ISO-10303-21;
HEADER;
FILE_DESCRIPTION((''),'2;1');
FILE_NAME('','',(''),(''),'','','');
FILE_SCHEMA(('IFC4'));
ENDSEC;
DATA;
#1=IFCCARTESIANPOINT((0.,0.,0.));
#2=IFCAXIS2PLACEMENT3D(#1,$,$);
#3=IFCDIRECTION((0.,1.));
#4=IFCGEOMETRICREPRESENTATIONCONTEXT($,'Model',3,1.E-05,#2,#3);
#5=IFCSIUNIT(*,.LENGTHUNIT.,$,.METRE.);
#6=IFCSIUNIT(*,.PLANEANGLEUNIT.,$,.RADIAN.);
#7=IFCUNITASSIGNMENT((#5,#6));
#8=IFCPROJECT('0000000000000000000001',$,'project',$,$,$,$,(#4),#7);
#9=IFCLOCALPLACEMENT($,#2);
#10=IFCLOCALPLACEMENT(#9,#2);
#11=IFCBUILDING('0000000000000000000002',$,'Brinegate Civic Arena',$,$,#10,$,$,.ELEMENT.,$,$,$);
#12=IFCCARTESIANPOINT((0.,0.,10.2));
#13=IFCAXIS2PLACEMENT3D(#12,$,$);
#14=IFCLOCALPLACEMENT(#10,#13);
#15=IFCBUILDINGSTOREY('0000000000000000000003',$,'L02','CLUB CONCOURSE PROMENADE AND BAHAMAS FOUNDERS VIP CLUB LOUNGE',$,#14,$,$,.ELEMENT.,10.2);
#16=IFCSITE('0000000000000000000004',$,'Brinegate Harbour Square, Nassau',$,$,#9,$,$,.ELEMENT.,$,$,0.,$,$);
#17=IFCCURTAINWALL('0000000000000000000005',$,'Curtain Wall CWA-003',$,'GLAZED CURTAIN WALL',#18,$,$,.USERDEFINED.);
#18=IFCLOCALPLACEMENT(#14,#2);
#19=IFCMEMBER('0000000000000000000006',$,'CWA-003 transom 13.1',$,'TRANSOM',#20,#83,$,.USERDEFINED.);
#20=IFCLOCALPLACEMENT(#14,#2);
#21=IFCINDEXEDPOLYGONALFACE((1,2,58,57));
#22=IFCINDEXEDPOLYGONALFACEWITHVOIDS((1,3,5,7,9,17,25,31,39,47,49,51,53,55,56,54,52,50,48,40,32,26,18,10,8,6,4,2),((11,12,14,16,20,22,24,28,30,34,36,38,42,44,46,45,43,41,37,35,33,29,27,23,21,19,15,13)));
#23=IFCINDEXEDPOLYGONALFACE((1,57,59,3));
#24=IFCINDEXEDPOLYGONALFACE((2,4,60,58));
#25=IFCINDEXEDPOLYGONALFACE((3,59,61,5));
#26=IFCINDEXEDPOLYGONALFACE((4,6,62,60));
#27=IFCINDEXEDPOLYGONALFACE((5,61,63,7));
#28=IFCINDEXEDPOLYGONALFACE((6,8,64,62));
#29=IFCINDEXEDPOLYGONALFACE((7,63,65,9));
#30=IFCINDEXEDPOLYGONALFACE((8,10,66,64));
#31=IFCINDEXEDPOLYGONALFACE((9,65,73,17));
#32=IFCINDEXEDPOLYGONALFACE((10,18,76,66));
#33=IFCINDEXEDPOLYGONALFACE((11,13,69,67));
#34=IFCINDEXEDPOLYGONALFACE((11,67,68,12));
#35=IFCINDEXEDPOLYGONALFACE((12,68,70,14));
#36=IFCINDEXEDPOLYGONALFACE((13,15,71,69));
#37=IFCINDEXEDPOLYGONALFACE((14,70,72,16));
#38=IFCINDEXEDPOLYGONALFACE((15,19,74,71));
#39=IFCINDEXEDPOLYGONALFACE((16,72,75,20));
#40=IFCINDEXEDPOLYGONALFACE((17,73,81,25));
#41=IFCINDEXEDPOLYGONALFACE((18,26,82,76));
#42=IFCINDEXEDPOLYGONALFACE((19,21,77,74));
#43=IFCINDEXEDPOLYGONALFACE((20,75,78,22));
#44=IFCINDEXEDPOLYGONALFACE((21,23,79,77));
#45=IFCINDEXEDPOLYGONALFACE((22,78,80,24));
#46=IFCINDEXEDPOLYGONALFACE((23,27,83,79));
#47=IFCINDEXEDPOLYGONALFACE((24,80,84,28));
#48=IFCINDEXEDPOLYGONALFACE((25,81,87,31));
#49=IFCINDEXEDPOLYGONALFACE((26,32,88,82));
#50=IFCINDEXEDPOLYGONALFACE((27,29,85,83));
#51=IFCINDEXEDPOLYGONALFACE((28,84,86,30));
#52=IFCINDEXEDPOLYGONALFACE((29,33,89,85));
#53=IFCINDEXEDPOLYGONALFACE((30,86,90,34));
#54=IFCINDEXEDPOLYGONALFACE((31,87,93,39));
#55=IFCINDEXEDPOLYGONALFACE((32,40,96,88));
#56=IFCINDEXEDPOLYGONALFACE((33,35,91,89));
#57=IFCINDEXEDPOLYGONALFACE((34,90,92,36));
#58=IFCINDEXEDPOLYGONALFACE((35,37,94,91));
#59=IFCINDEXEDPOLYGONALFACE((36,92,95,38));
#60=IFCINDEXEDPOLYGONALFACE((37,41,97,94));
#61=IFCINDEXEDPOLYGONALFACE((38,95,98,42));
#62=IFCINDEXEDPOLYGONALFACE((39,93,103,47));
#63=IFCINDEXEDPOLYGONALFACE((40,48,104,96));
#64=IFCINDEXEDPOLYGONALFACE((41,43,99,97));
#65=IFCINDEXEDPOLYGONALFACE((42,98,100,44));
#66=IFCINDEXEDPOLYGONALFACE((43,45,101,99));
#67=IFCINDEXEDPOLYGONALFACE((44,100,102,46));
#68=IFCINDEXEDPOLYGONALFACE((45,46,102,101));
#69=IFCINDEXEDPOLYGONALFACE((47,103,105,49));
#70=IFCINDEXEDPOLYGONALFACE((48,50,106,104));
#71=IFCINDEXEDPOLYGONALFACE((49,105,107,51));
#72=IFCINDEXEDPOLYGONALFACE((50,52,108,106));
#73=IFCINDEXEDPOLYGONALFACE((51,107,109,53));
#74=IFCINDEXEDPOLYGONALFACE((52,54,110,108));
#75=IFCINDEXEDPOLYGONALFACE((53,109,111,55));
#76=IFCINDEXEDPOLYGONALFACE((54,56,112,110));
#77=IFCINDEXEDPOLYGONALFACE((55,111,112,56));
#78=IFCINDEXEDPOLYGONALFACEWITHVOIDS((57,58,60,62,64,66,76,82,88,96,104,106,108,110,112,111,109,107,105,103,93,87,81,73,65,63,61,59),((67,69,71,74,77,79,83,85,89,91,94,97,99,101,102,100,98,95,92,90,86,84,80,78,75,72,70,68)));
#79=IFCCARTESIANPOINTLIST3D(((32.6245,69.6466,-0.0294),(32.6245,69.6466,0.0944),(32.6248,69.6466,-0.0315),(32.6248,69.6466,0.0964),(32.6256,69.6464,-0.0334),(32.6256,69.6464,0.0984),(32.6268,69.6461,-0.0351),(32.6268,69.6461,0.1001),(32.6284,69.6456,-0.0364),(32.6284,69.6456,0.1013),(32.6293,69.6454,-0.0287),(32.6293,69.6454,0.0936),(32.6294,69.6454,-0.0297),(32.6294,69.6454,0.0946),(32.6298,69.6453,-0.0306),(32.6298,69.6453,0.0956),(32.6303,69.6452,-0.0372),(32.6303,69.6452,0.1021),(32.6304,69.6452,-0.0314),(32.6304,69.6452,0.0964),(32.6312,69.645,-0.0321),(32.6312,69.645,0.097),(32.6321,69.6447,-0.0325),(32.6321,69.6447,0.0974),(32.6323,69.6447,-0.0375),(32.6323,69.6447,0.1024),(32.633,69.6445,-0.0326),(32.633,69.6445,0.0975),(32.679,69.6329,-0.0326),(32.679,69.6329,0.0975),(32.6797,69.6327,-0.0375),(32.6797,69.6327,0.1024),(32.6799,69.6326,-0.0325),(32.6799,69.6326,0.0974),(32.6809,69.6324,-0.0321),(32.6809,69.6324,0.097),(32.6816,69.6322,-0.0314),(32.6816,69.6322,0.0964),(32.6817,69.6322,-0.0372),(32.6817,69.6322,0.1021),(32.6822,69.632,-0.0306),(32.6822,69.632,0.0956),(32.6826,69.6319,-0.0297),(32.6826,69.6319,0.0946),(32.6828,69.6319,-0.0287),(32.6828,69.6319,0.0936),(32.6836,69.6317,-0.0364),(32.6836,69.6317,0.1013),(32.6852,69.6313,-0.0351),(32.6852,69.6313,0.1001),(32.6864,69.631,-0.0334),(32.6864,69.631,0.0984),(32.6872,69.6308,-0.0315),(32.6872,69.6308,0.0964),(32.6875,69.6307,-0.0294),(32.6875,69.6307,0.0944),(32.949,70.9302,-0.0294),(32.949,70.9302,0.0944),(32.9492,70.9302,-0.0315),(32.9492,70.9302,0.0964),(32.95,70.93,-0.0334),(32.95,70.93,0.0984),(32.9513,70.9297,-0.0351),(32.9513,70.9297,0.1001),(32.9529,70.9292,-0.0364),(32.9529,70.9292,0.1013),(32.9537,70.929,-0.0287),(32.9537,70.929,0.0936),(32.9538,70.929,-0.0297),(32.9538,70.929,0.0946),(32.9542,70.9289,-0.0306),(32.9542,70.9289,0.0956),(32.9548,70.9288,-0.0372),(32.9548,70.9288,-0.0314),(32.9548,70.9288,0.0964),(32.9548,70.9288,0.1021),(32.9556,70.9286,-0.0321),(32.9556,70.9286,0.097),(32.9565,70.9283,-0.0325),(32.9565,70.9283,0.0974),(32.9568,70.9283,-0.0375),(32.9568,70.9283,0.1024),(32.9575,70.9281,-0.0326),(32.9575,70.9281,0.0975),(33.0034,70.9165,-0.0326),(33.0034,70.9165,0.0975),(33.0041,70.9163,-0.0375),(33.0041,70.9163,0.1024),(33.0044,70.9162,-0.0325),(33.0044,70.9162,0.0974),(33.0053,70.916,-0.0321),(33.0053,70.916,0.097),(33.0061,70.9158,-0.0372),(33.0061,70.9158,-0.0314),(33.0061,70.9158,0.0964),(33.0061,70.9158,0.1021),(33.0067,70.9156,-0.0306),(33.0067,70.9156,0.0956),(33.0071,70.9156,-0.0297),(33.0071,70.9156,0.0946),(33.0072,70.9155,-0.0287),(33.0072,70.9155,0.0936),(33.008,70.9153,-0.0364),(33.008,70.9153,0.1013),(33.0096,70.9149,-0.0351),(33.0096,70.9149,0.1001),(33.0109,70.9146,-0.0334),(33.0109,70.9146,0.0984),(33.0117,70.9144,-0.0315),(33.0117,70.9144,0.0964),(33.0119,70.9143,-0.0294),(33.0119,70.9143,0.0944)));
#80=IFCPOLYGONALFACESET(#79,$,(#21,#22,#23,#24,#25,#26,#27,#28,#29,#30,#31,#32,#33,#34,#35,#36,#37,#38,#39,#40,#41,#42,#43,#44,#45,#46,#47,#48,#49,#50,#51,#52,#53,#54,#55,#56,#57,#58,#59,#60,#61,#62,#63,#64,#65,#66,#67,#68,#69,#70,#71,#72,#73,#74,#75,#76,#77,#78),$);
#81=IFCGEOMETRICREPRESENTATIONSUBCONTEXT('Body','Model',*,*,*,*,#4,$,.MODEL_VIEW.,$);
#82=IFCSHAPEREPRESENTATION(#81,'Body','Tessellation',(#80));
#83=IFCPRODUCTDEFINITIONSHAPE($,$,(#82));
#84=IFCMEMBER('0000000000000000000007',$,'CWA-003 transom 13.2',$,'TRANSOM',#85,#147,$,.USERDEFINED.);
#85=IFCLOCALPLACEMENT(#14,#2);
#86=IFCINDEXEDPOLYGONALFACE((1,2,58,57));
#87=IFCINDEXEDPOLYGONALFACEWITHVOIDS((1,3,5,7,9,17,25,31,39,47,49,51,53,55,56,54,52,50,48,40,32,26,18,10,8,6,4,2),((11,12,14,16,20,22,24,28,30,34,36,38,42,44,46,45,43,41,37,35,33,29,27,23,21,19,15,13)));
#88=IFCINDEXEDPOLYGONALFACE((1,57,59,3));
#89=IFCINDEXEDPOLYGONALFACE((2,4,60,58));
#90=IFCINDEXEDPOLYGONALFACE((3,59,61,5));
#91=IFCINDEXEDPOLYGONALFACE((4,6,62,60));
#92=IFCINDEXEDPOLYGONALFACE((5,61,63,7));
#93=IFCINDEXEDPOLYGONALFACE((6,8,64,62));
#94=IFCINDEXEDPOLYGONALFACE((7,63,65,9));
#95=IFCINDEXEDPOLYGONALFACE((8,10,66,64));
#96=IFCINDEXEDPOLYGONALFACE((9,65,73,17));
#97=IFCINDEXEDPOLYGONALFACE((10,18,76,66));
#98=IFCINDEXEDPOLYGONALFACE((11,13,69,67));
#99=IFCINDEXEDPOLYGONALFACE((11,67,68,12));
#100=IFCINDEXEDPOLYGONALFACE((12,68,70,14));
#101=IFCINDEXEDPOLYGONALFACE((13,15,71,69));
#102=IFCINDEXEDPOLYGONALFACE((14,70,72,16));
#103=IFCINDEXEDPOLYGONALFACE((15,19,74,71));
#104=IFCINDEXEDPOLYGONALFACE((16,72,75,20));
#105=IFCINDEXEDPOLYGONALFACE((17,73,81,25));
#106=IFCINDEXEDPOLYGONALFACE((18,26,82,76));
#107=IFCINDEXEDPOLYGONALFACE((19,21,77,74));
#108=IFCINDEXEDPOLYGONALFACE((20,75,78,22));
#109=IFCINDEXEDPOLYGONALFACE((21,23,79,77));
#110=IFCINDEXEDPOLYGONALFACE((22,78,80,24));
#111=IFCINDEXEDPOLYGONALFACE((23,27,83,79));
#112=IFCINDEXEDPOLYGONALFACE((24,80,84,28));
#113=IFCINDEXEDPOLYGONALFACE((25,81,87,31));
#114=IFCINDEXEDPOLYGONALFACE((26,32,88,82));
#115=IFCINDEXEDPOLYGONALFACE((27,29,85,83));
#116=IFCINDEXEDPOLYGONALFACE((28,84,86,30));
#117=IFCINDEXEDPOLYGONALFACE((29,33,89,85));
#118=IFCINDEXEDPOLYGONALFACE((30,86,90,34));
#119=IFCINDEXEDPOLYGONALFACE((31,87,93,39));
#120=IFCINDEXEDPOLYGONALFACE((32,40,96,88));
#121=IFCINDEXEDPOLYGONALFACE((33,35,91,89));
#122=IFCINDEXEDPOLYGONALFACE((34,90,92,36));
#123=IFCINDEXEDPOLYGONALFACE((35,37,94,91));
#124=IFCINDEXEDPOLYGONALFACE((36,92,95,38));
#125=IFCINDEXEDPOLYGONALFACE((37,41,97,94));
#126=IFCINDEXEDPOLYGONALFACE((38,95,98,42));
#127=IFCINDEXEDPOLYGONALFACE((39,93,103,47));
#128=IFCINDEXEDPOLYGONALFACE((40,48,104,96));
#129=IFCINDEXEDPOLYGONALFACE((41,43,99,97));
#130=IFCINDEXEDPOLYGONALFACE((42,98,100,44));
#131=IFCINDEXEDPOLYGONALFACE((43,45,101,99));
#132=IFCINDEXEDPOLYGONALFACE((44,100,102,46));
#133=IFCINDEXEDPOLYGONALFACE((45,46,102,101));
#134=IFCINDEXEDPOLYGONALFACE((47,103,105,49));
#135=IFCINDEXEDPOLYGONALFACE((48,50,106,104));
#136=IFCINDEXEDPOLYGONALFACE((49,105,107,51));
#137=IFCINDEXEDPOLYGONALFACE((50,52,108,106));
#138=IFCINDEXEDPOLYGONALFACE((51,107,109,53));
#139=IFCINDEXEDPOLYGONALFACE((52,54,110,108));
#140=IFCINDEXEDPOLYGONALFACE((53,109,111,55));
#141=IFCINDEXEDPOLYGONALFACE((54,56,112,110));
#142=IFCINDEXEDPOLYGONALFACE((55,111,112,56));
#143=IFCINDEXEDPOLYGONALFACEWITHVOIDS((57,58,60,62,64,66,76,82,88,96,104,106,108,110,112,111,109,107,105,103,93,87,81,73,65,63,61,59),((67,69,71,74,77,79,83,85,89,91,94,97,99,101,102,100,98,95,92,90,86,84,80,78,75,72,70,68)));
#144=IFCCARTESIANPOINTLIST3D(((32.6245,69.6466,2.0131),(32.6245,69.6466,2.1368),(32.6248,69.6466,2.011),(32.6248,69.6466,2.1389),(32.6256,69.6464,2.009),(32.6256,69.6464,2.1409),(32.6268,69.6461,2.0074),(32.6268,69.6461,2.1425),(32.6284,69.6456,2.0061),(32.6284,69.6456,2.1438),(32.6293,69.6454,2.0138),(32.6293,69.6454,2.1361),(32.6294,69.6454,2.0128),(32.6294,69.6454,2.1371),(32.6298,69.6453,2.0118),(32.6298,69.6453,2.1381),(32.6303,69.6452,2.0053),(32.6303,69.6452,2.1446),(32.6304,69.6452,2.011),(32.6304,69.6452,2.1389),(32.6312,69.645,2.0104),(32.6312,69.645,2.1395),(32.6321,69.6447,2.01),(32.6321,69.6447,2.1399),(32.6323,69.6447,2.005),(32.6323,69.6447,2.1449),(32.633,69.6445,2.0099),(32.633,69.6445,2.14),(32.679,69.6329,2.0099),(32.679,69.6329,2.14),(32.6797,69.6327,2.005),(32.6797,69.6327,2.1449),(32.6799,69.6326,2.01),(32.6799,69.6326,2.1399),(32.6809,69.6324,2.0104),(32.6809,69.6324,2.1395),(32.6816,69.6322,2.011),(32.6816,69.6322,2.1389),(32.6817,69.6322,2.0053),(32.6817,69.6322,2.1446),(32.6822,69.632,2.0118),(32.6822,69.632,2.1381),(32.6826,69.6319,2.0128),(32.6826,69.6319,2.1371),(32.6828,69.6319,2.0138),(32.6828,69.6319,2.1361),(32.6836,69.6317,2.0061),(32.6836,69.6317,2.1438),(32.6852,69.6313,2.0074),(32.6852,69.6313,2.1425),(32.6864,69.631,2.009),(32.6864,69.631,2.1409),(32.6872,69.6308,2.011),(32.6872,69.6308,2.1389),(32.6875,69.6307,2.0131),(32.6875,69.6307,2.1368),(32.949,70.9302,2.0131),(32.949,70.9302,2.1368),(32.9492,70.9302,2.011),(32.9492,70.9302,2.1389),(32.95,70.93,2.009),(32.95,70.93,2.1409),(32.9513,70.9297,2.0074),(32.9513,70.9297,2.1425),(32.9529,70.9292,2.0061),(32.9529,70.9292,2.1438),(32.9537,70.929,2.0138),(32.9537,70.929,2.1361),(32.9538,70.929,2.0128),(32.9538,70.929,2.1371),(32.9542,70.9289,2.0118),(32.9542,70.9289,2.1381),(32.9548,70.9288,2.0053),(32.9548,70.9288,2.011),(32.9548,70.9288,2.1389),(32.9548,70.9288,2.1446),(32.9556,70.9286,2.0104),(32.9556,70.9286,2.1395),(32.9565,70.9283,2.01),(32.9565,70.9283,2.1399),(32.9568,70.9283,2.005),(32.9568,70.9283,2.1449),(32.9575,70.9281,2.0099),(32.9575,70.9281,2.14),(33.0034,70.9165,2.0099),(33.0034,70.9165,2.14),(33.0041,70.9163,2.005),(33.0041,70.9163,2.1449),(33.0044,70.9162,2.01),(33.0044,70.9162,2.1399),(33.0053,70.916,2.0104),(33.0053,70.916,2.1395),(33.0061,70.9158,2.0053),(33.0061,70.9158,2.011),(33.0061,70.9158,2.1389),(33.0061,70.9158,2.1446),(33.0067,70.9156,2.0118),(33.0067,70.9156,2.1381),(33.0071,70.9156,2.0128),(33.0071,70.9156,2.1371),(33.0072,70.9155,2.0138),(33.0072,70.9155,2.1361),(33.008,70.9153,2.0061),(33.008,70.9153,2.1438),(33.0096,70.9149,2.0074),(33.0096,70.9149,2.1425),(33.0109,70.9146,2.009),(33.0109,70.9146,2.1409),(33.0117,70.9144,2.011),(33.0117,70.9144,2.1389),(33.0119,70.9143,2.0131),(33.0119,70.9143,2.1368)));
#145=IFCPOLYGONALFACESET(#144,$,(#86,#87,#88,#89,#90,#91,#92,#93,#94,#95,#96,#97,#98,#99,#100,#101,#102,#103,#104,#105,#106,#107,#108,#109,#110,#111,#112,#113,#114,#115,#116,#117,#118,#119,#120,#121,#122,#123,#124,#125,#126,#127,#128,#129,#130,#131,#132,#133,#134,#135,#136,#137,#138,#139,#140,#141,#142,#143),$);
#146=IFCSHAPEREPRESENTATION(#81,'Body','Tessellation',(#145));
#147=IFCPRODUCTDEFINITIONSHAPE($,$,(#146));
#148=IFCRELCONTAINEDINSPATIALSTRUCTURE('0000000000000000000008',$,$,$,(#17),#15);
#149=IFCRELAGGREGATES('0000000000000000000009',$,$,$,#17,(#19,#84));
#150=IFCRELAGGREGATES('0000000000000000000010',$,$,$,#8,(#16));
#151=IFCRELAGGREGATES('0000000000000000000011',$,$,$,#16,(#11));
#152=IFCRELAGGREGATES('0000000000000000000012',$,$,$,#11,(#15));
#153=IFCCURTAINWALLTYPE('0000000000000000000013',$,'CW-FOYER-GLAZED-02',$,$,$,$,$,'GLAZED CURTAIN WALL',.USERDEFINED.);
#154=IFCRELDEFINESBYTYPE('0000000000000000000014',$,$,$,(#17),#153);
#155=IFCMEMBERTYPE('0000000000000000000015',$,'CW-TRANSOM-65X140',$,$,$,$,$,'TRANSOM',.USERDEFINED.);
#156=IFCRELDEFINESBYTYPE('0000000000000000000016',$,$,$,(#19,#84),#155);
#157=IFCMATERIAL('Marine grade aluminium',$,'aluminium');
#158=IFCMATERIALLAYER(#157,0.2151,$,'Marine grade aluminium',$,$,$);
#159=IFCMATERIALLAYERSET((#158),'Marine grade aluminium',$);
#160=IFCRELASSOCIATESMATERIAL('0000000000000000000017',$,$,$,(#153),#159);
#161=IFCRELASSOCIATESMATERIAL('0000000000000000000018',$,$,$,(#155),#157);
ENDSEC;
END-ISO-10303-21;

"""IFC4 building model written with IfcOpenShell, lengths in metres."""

from ifc_helpers import new_model, si_unit, direction, frame, origin, origin_2d, place, context, subcontext, project, spatial, hollow_rectangle, extrude, material, layer, layer_set, material_profile, profile_set, type_object, element, aggregate, save


model = new_model("IFC4")

# Units and contexts
model_context = context("Model", 3, precision=1e-05, world=origin(), true_north=direction((0.0, 1.0)))
body_context = subcontext(model_context, "Body", "Model", "MODEL_VIEW")
ifc_project = project(units=[si_unit("LENGTHUNIT", "METRE"), si_unit("PLANEANGLEUNIT", "RADIAN")], contexts=[model_context])

# Site, building, storey
site_placement = place(None, origin())
site = spatial("IfcSite", under=ifc_project, at=site_placement, Name="Brinegate Harbour Square, Nassau", CompositionType="ELEMENT", RefElevation=0.0)
building_placement = place(site_placement, origin())
building = spatial("IfcBuilding", under=site, at=building_placement, Name="Brinegate Civic Arena", CompositionType="ELEMENT")
storey_placement = place(building_placement, frame((0.0, 0.0, 10.2)))
storey = spatial("IfcBuildingStorey", under=building, at=storey_placement, Name="L02", Description="CLUB CONCOURSE PROMENADE AND BAHAMAS FOUNDERS VIP CLUB LOUNGE", CompositionType="ELEMENT", Elevation=10.2)

# Shared definitions
ifc_material_1 = material(Name="Marine grade aluminium", Category="aluminium")
ifc_layer_1 = layer(ifc_material_1, 0.2151, Name="Marine grade aluminium")
ifc_layer_set_1 = layer_set([ifc_layer_1], Name="Marine grade aluminium")
curtain_wall_type_1 = type_object("IfcCurtainWallType", Name="CW-FOYER-GLAZED-02", ElementType="GLAZED CURTAIN WALL", PredefinedType="USERDEFINED", material=ifc_layer_set_1)

# Curtain wall, members
curtain_wall_1_placement = place(storey_placement, origin())
curtain_wall_1 = element("IfcCurtainWall", 1, at=curtain_wall_1_placement, inside=storey, type_object=curtain_wall_type_1, Name="Curtain Wall CWA-003", ObjectType="GLAZED CURTAIN WALL", PredefinedType="USERDEFINED")
ifc_material_profile_1 = material_profile(ifc_material_1, hollow_rectangle(XDim=0.0649, YDim=0.1399, WallThickness=0.0049, InnerFilletRadius=0.0039, OuterFilletRadius=0.0081, at=origin_2d()), Name="TRN65X140")
ifc_profile_set_1 = profile_set([ifc_material_profile_1], Name="Marine grade aluminium")
member_type_1 = type_object("IfcMemberType", Name="CW-TRANSOM-65X140", ElementType="TRANSOM", PredefinedType="USERDEFINED", material=ifc_profile_set_1)
member_1_placement = place(storey_placement, frame((32.656, 69.6387, 0.0325), z_axis=(0.245051, 0.96951, 0.0), x_axis=(-0.96951, 0.245051, 0.0)))
member_1 = element("IfcMember", 2, at=member_1_placement, type_object=member_type_1, Name="CWA-003 transom 13.1", ObjectType="TRANSOM", PredefinedType="USERDEFINED", context=body_context, shape_type="SweptSolid", body=[
    extrude(hollow_rectangle(XDim=0.0649, YDim=0.1399, WallThickness=0.0049, InnerFilletRadius=0.0039, OuterFilletRadius=0.0081, at=origin_2d()), origin(), (0.0, 0.0, 1.0), 1.324),
])
member_2_placement = place(storey_placement, frame((32.656, 69.6387, 2.075), z_axis=(0.245051, 0.96951, 0.0), x_axis=(-0.96951, 0.245051, 0.0)))
member_2 = element("IfcMember", 3, at=member_2_placement, type_object=member_type_1, Name="CWA-003 transom 13.2", ObjectType="TRANSOM", PredefinedType="USERDEFINED", context=body_context, shape_type="SweptSolid", body=[
    extrude(hollow_rectangle(XDim=0.0649, YDim=0.1399, WallThickness=0.0049, InnerFilletRadius=0.0039, OuterFilletRadius=0.0081, at=origin_2d()), origin(), (0.0, 0.0, 1.0), 1.324),
])

aggregate(curtain_wall_1, [member_1, member_2])

save(model, "model.ifc")
